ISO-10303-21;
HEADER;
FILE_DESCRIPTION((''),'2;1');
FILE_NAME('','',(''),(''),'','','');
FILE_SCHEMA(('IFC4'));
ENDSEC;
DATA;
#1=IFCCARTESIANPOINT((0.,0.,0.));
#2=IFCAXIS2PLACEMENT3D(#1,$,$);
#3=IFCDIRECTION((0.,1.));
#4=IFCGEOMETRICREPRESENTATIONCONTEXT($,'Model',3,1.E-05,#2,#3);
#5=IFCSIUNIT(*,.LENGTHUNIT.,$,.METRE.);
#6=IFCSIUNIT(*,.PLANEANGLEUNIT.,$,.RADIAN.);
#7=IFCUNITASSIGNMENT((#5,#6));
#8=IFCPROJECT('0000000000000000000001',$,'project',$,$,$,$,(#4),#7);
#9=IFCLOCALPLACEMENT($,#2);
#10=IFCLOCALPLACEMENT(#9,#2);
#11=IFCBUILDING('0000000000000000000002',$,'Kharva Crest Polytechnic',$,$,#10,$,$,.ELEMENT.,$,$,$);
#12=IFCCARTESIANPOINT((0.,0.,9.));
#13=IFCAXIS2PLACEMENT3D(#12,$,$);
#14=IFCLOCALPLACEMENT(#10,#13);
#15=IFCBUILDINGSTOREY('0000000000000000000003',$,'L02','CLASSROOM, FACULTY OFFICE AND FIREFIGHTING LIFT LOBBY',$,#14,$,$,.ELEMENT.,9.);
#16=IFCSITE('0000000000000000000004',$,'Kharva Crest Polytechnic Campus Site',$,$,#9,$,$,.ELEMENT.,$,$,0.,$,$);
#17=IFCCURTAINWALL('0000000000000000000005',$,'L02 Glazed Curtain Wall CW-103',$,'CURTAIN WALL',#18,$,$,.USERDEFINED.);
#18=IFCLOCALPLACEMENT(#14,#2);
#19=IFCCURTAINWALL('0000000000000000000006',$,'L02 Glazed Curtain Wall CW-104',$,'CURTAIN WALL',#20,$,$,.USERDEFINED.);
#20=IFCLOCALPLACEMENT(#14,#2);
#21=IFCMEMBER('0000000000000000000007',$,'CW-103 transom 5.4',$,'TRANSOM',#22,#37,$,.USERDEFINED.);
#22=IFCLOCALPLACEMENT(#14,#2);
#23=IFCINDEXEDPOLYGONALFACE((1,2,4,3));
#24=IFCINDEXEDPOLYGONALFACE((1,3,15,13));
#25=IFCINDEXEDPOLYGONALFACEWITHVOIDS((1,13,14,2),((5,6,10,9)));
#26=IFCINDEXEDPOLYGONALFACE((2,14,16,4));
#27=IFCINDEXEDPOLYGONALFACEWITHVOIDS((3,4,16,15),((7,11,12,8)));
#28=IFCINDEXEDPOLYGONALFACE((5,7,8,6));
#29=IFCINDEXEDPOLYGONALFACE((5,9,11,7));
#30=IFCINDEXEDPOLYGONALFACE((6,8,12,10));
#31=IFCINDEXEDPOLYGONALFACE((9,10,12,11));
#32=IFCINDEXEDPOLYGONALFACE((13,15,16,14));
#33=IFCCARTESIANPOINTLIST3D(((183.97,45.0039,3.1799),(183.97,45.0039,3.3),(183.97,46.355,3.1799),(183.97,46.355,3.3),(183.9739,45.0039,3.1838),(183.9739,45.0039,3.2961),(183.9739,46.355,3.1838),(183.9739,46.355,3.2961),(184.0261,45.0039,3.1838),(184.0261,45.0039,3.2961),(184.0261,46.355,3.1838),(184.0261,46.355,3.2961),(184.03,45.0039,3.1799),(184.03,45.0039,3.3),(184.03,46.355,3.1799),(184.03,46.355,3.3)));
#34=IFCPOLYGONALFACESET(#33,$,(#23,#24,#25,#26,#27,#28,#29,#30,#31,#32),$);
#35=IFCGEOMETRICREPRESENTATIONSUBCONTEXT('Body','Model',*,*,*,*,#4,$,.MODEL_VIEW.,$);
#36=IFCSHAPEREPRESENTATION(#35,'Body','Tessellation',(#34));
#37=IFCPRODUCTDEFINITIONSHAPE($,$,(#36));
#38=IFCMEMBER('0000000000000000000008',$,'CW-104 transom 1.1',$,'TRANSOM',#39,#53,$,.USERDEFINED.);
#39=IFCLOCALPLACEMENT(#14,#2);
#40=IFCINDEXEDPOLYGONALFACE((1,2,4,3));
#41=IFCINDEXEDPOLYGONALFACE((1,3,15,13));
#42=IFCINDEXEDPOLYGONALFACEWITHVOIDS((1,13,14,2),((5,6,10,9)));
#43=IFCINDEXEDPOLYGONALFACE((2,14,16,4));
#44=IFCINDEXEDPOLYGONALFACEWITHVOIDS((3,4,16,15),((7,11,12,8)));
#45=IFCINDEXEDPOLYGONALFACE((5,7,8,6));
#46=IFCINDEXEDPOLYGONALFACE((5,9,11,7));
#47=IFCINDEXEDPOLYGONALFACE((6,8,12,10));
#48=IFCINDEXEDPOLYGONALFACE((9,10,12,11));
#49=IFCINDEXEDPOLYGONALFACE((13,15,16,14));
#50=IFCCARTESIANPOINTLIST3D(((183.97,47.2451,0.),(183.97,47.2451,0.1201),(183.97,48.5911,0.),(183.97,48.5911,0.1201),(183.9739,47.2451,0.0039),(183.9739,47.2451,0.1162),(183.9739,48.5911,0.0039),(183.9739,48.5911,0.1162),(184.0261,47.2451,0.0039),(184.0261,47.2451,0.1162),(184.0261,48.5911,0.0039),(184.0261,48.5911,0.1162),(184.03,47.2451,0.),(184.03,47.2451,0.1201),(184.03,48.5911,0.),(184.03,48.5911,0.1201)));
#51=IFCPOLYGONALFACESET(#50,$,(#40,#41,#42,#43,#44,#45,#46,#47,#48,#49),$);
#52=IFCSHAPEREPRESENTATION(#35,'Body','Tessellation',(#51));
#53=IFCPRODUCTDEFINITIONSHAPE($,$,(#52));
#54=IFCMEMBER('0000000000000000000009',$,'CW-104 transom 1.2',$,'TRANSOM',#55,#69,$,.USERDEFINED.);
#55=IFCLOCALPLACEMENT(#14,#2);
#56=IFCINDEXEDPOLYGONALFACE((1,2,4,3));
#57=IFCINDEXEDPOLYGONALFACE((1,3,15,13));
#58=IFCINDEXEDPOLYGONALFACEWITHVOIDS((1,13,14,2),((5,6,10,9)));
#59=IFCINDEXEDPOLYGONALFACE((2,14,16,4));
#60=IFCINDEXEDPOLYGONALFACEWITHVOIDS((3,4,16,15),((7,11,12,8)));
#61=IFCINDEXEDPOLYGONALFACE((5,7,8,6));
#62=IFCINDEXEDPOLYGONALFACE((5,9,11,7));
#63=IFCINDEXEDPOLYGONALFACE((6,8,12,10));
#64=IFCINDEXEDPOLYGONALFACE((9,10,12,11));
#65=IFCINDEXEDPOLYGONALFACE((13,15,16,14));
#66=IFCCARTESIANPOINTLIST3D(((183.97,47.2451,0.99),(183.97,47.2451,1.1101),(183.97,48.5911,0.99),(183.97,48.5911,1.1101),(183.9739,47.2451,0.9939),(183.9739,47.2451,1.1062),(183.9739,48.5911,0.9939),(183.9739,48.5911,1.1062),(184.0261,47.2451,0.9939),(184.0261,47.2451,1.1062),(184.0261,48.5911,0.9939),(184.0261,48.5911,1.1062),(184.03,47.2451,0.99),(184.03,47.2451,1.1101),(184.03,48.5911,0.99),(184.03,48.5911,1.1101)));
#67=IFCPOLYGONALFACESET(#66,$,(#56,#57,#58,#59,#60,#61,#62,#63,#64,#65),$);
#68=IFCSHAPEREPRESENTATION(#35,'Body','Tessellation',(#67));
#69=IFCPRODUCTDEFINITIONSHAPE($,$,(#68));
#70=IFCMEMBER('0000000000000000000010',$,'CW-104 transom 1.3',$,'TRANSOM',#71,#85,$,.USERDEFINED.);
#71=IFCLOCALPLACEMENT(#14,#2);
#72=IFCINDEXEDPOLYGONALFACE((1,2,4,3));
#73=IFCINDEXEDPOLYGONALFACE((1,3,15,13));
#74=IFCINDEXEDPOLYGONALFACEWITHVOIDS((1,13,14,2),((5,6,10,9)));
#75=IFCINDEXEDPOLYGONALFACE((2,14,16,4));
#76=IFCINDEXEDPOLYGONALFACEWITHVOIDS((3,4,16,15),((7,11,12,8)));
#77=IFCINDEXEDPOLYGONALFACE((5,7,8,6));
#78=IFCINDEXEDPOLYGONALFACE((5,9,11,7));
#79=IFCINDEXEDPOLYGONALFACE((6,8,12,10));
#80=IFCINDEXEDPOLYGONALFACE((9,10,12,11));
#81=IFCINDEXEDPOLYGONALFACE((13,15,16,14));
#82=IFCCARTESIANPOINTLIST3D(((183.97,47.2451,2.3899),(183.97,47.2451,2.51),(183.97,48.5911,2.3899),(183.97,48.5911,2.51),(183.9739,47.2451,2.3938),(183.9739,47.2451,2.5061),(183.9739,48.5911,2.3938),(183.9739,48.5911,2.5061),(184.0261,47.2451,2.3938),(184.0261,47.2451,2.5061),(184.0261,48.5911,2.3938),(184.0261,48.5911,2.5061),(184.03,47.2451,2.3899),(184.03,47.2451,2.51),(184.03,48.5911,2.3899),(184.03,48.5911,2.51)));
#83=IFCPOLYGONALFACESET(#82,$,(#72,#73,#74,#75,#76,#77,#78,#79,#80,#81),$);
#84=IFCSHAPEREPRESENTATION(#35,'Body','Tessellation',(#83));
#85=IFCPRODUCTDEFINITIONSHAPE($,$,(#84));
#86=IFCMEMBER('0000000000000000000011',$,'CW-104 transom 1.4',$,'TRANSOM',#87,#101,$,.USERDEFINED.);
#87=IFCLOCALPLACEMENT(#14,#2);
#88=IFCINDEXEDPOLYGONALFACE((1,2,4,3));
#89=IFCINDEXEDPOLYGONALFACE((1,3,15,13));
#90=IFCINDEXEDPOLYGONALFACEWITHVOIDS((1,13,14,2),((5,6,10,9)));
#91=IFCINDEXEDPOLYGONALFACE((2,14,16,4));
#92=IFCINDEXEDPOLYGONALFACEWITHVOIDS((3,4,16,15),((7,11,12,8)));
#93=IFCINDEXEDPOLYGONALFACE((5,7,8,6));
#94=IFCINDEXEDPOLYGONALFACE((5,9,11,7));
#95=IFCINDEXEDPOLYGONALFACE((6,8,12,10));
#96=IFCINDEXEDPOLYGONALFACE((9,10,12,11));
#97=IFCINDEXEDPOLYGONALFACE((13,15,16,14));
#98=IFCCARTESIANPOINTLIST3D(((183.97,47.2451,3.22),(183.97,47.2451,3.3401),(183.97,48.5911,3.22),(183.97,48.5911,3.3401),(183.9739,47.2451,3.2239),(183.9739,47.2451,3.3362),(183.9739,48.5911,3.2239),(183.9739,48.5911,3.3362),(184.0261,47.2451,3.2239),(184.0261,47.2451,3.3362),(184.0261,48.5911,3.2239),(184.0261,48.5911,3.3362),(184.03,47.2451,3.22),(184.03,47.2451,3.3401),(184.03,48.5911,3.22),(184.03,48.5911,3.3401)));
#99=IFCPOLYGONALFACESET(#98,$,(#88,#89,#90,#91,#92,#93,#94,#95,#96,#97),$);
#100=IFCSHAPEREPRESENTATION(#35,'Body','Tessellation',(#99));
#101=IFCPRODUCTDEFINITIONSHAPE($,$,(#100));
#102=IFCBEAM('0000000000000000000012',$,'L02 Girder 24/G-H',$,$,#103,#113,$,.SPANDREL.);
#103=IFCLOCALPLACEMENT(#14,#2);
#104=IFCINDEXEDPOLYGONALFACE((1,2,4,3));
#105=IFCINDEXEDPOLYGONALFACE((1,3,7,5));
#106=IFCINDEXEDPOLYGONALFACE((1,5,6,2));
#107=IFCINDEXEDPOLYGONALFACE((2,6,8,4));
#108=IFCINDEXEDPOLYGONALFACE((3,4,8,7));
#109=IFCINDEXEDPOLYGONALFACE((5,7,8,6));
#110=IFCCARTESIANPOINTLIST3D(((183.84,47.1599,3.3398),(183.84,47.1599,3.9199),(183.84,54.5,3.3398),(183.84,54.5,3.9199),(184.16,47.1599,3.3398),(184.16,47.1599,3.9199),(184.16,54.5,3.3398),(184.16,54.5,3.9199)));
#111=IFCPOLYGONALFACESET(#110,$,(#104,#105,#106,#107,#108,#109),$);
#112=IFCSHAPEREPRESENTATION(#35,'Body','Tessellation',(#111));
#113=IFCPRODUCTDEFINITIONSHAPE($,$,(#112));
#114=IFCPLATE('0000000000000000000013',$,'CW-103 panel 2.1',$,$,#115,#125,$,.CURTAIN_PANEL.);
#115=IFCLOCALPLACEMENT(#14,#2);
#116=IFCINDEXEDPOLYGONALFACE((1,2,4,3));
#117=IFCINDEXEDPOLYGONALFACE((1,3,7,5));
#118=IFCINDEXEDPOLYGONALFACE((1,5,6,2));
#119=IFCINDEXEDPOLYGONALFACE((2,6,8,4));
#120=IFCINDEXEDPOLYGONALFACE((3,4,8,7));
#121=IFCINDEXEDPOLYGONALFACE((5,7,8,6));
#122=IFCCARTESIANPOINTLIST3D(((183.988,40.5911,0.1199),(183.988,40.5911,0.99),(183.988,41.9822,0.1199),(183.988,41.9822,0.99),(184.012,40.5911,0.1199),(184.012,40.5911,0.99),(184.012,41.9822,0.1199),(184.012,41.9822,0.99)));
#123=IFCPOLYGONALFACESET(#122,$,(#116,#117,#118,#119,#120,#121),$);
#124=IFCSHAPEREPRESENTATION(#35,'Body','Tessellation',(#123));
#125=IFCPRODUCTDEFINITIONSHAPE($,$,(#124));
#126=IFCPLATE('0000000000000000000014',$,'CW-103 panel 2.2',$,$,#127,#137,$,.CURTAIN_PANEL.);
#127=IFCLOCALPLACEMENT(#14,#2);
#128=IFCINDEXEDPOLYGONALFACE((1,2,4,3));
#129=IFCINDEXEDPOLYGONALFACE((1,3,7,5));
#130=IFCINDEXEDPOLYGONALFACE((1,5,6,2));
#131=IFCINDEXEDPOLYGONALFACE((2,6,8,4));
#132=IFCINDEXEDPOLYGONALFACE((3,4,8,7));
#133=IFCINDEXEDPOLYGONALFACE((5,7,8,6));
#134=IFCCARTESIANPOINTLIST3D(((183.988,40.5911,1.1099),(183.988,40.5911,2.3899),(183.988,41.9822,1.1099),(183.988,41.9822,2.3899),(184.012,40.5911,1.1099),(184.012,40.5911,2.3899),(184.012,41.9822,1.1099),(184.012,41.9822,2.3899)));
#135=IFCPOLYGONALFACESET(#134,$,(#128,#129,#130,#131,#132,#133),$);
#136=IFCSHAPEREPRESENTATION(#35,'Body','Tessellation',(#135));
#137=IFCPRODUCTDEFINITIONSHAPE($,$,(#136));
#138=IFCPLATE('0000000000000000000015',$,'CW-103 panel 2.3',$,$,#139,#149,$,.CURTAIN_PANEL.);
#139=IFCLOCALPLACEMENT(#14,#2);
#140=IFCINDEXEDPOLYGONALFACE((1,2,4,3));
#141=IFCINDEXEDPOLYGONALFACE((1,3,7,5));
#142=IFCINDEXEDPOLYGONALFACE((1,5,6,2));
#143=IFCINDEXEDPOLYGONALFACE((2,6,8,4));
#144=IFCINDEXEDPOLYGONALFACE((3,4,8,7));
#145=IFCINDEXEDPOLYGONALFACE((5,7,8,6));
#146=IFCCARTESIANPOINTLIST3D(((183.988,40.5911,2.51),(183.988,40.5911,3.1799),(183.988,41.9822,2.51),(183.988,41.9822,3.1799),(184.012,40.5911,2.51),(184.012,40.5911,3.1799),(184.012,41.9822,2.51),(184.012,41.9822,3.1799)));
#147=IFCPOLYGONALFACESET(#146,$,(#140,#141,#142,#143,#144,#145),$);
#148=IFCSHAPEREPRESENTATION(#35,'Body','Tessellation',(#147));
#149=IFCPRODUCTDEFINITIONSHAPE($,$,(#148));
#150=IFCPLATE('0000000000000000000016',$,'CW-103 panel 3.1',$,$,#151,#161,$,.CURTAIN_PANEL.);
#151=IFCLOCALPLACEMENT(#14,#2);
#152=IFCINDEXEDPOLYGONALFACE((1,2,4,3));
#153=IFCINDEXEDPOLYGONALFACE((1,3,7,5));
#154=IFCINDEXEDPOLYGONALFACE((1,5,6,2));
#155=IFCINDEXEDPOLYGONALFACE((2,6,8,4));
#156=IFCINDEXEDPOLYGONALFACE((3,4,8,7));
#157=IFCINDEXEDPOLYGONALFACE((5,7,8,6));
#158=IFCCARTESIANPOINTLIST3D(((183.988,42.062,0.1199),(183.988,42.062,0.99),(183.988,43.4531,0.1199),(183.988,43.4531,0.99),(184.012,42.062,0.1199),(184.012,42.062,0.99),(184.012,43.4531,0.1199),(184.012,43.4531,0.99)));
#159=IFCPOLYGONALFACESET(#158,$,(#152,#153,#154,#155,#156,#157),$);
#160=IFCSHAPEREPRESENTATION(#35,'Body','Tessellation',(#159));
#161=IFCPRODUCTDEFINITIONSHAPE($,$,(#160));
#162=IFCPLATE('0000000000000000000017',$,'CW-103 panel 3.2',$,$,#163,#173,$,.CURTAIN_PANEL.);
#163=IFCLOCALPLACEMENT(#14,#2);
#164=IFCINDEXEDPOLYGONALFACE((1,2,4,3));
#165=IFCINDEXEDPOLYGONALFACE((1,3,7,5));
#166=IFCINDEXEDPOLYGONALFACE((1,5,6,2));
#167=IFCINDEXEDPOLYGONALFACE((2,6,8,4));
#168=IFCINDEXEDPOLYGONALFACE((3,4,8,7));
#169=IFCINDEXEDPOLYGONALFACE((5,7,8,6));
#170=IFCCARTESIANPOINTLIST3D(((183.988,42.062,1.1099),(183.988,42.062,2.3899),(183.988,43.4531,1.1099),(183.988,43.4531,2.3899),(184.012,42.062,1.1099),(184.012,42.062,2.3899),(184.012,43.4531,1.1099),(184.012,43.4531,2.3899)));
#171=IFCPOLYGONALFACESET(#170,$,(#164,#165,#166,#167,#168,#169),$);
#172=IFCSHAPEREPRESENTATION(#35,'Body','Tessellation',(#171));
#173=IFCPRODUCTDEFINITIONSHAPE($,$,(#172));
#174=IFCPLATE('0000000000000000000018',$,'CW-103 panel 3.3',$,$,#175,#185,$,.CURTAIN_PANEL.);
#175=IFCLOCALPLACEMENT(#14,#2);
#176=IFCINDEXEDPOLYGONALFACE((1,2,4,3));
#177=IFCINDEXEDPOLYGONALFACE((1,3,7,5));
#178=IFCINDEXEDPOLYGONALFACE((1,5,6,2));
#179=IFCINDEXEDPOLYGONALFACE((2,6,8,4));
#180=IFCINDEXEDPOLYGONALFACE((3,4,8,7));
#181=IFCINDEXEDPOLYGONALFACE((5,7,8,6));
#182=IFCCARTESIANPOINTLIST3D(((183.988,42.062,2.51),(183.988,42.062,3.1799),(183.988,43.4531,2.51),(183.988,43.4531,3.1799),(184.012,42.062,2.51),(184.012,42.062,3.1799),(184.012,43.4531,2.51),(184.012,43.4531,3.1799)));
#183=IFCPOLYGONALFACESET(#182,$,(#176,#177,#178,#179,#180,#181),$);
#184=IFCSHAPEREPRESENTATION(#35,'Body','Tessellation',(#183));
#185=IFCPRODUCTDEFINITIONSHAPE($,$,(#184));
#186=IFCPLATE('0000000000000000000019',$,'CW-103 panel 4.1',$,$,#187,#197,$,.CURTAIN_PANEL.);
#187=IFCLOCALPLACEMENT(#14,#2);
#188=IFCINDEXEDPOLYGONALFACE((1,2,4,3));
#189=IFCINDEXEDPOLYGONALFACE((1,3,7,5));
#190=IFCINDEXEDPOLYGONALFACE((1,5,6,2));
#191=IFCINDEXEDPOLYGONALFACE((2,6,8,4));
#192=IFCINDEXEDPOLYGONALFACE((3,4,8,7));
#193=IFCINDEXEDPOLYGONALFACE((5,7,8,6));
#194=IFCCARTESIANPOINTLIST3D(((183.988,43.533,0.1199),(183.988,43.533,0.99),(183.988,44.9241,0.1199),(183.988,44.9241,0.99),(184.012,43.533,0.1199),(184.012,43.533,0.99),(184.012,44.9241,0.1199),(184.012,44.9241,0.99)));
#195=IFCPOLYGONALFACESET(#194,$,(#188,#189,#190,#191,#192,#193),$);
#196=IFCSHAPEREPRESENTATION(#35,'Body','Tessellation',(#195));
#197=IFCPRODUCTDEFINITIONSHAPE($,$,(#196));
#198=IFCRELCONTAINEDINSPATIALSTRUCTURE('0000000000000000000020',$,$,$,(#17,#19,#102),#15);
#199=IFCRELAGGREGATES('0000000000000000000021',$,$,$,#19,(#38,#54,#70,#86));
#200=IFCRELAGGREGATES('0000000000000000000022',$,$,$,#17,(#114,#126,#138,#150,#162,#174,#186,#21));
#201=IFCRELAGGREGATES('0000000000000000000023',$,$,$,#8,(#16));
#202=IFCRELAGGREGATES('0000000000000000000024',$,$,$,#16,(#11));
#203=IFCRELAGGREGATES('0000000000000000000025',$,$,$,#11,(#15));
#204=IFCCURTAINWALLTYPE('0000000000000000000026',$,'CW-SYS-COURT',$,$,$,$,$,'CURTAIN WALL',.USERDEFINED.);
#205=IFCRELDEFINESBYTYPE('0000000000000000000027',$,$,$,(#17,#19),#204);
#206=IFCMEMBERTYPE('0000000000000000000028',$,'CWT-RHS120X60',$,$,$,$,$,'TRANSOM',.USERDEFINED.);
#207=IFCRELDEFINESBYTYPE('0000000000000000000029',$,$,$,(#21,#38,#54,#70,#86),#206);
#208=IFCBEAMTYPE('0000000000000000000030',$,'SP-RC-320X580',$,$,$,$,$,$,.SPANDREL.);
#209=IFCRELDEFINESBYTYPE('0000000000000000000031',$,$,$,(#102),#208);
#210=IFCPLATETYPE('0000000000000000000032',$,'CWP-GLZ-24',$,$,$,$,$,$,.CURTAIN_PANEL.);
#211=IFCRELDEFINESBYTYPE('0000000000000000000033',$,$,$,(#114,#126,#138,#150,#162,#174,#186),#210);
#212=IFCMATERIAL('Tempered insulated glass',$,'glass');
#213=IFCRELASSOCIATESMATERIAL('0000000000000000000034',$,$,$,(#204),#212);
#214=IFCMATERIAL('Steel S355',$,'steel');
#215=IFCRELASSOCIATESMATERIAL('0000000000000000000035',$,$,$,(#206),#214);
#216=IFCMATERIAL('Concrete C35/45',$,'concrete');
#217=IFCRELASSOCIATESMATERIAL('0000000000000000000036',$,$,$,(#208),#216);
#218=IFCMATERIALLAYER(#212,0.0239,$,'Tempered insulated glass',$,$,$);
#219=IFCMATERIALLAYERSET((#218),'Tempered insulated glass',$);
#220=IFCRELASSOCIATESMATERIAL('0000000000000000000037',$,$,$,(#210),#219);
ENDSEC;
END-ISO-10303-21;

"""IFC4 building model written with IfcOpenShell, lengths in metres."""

from ifc_helpers import new_model, si_unit, direction, frame, origin, origin_2d, place, context, subcontext, project, spatial, rectangle, hollow_rectangle, extrude, material, layer, layer_set, material_profile, profile_set, type_object, element, aggregate, save


model = new_model("IFC4")

# Units and contexts
model_context = context("Model", 3, precision=1e-05, world=origin(), true_north=direction((0.0, 1.0)))
body_context = subcontext(model_context, "Body", "Model", "MODEL_VIEW")
ifc_project = project(units=[si_unit("LENGTHUNIT", "METRE"), si_unit("PLANEANGLEUNIT", "RADIAN")], contexts=[model_context])

# Site, building, storey
site_placement = place(None, origin())
site = spatial("IfcSite", under=ifc_project, at=site_placement, Name="Kharva Crest Polytechnic Campus Site", CompositionType="ELEMENT", RefElevation=0.0)
building_placement = place(site_placement, origin())
building = spatial("IfcBuilding", under=site, at=building_placement, Name="Kharva Crest Polytechnic", CompositionType="ELEMENT")
storey_placement = place(building_placement, frame((0.0, 0.0, 9.0)))
storey = spatial("IfcBuildingStorey", under=building, at=storey_placement, Name="L02", Description="CLASSROOM, FACULTY OFFICE AND FIREFIGHTING LIFT LOBBY", CompositionType="ELEMENT", Elevation=9.0)

# Curtain wall
ifc_material_1 = material(Name="Tempered insulated glass", Category="glass")
curtain_wall_type = type_object("IfcCurtainWallType", Name="CW-SYS-COURT", ElementType="CURTAIN WALL", PredefinedType="USERDEFINED", material=ifc_material_1)
curtain_wall_1_placement = place(storey_placement, origin())
curtain_wall_1 = element("IfcCurtainWall", 1, at=curtain_wall_1_placement, inside=storey, type_object=curtain_wall_type, Name="L02 Glazed Curtain Wall CW-103", ObjectType="CURTAIN WALL", PredefinedType="USERDEFINED")
ifc_material_2 = material(Name="Steel S355", Category="steel")

# Curtain wall
curtain_wall_2_placement = place(storey_placement, origin())
curtain_wall_2 = element("IfcCurtainWall", 2, at=curtain_wall_2_placement, inside=storey, type_object=curtain_wall_type, Name="L02 Glazed Curtain Wall CW-104", ObjectType="CURTAIN WALL", PredefinedType="USERDEFINED")

# Members
ifc_material_profile_1 = material_profile(ifc_material_2, hollow_rectangle(XDim=0.0601, YDim=0.1201, WallThickness=0.0039, at=origin_2d()), Name="RHS 120X60X4.0")
ifc_profile_set_1 = profile_set([ifc_material_profile_1], Name="Steel S355")
member_type_1 = type_object("IfcMemberType", Name="CWT-RHS120X60", ElementType="TRANSOM", PredefinedType="USERDEFINED", material=ifc_profile_set_1)
member_1_placement = place(storey_placement, frame((184.0, 45.0039, 3.24), z_axis=(0.0, 1.0, 0.0), x_axis=(-1.0, 0.0, 0.0)))
member_1 = element("IfcMember", 3, at=member_1_placement, type_object=member_type_1, Name="CW-103 transom 5.4", ObjectType="TRANSOM", PredefinedType="USERDEFINED", context=body_context, shape_type="SweptSolid", body=[
    extrude(hollow_rectangle(XDim=0.0601, YDim=0.1201, WallThickness=0.0039, at=origin_2d()), origin(), (0.0, 0.0, 1.0), 1.3511),
])
member_2_placement = place(storey_placement, frame((184.0, 47.2451, 0.0601), z_axis=(0.0, 1.0, 0.0), x_axis=(-1.0, 0.0, 0.0)))
member_2 = element("IfcMember", 4, at=member_2_placement, type_object=member_type_1, Name="CW-104 transom 1.1", ObjectType="TRANSOM", PredefinedType="USERDEFINED", context=body_context, shape_type="SweptSolid", body=[
    extrude(hollow_rectangle(XDim=0.0601, YDim=0.1201, WallThickness=0.0039, at=origin_2d()), origin(), (0.0, 0.0, 1.0), 1.3459),
])
member_3_placement = place(storey_placement, frame((184.0, 47.2451, 1.05), z_axis=(0.0, 1.0, 0.0), x_axis=(-1.0, 0.0, 0.0)))
member_3 = element("IfcMember", 5, at=member_3_placement, type_object=member_type_1, Name="CW-104 transom 1.2", ObjectType="TRANSOM", PredefinedType="USERDEFINED", context=body_context, shape_type="SweptSolid", body=[
    extrude(hollow_rectangle(XDim=0.0601, YDim=0.1201, WallThickness=0.0039, at=origin_2d()), origin(), (0.0, 0.0, 1.0), 1.3459),
])
member_4_placement = place(storey_placement, frame((184.0, 47.2451, 2.45), z_axis=(0.0, 1.0, 0.0), x_axis=(-1.0, 0.0, 0.0)))
member_4 = element("IfcMember", 6, at=member_4_placement, type_object=member_type_1, Name="CW-104 transom 1.3", ObjectType="TRANSOM", PredefinedType="USERDEFINED", context=body_context, shape_type="SweptSolid", body=[
    extrude(hollow_rectangle(XDim=0.0601, YDim=0.1201, WallThickness=0.0039, at=origin_2d()), origin(), (0.0, 0.0, 1.0), 1.3459),
])
member_5_placement = place(storey_placement, frame((184.0, 47.2451, 3.28), z_axis=(0.0, 1.0, 0.0), x_axis=(-1.0, 0.0, 0.0)))
member_5 = element("IfcMember", 7, at=member_5_placement, type_object=member_type_1, Name="CW-104 transom 1.4", ObjectType="TRANSOM", PredefinedType="USERDEFINED", context=body_context, shape_type="SweptSolid", body=[
    extrude(hollow_rectangle(XDim=0.0601, YDim=0.1201, WallThickness=0.0039, at=origin_2d()), origin(), (0.0, 0.0, 1.0), 1.3459),
])
aggregate(curtain_wall_2, [member_2, member_3, member_4, member_5])

# Beam
ifc_material_3 = material(Name="Concrete C35/45", Category="concrete")
ifc_material_profile_2 = material_profile(ifc_material_3, rectangle(XDim=0.3201, YDim=0.5801, at=origin_2d()), Name="RECT 320 X 580")
ifc_profile_set_2 = profile_set([ifc_material_profile_2], Name="Concrete C35/45")
beam_type = type_object("IfcBeamType", Name="SP-RC-320X580", PredefinedType="SPANDREL", material=ifc_profile_set_2)
beam_placement = place(storey_placement, frame((184.0, 47.1599, 3.6299), z_axis=(0.0, 1.0, 0.0), x_axis=(-1.0, 0.0, 0.0)))
element("IfcBeam", 8, at=beam_placement, inside=storey, type_object=beam_type, Name="L02 Girder 24/G-H", PredefinedType="SPANDREL", context=body_context, shape_type="SweptSolid", body=[
    extrude(rectangle(XDim=0.3201, YDim=0.5801, at=origin_2d()), origin(), (0.0, 0.0, 1.0), 7.3401),
])

# Plates
ifc_layer = layer(ifc_material_1, 0.0239, Name="Tempered insulated glass")
ifc_layer_set = layer_set([ifc_layer], Name="Tempered insulated glass")
plate_type = type_object("IfcPlateType", Name="CWP-GLZ-24", PredefinedType="CURTAIN_PANEL", material=ifc_layer_set)
plate_1_placement = place(storey_placement, frame((184.0, 41.2866, 0.1199), z_axis=(0.0, 0.0, 1.0), x_axis=(0.0, 1.0, 0.0)))
plate_1 = element("IfcPlate", 9, at=plate_1_placement, type_object=plate_type, Name="CW-103 panel 2.1", PredefinedType="CURTAIN_PANEL", context=body_context, shape_type="SweptSolid", body=[
    extrude(rectangle(XDim=1.3911, YDim=0.0239, at=origin_2d()), origin(), (0.0, 0.0, 1.0), 0.8701),
])
plate_2_placement = place(storey_placement, frame((184.0, 41.2866, 1.1099), z_axis=(0.0, 0.0, 1.0), x_axis=(0.0, 1.0, 0.0)))
plate_2 = element("IfcPlate", 10, at=plate_2_placement, type_object=plate_type, Name="CW-103 panel 2.2", PredefinedType="CURTAIN_PANEL", context=body_context, shape_type="SweptSolid", body=[
    extrude(rectangle(XDim=1.3911, YDim=0.0239, at=origin_2d()), origin(), (0.0, 0.0, 1.0), 1.28),
])
plate_3_placement = place(storey_placement, frame((184.0, 41.2866, 2.51), z_axis=(0.0, 0.0, 1.0), x_axis=(0.0, 1.0, 0.0)))
plate_3 = element("IfcPlate", 11, at=plate_3_placement, type_object=plate_type, Name="CW-103 panel 2.3", PredefinedType="CURTAIN_PANEL", context=body_context, shape_type="SweptSolid", body=[
    extrude(rectangle(XDim=1.3911, YDim=0.0239, at=origin_2d()), origin(), (0.0, 0.0, 1.0), 0.6699),
])
plate_4_placement = place(storey_placement, frame((184.0, 42.7576, 0.1199), z_axis=(0.0, 0.0, 1.0), x_axis=(0.0, 1.0, 0.0)))
plate_4 = element("IfcPlate", 12, at=plate_4_placement, type_object=plate_type, Name="CW-103 panel 3.1", PredefinedType="CURTAIN_PANEL", context=body_context, shape_type="SweptSolid", body=[
    extrude(rectangle(XDim=1.3911, YDim=0.0239, at=origin_2d()), origin(), (0.0, 0.0, 1.0), 0.8701),
])
plate_5_placement = place(storey_placement, frame((184.0, 42.7576, 1.1099), z_axis=(0.0, 0.0, 1.0), x_axis=(0.0, 1.0, 0.0)))
plate_5 = element("IfcPlate", 13, at=plate_5_placement, type_object=plate_type, Name="CW-103 panel 3.2", PredefinedType="CURTAIN_PANEL", context=body_context, shape_type="SweptSolid", body=[
    extrude(rectangle(XDim=1.3911, YDim=0.0239, at=origin_2d()), origin(), (0.0, 0.0, 1.0), 1.28),
])
plate_6_placement = place(storey_placement, frame((184.0, 42.7576, 2.51), z_axis=(0.0, 0.0, 1.0), x_axis=(0.0, 1.0, 0.0)))
plate_6 = element("IfcPlate", 14, at=plate_6_placement, type_object=plate_type, Name="CW-103 panel 3.3", PredefinedType="CURTAIN_PANEL", context=body_context, shape_type="SweptSolid", body=[
    extrude(rectangle(XDim=1.3911, YDim=0.0239, at=origin_2d()), origin(), (0.0, 0.0, 1.0), 0.6699),
])
plate_7_placement = place(storey_placement, frame((184.0, 44.2285, 0.1199), z_axis=(0.0, 0.0, 1.0), x_axis=(0.0, 1.0, 0.0)))
plate_7 = element("IfcPlate", 15, at=plate_7_placement, type_object=plate_type, Name="CW-103 panel 4.1", PredefinedType="CURTAIN_PANEL", context=body_context, shape_type="SweptSolid", body=[
    extrude(rectangle(XDim=1.3911, YDim=0.0239, at=origin_2d()), origin(), (0.0, 0.0, 1.0), 0.8701),
])
aggregate(curtain_wall_1, [plate_1, plate_2, plate_3, plate_4, plate_5, plate_6, plate_7, member_1])

save(model, "model.ifc")
